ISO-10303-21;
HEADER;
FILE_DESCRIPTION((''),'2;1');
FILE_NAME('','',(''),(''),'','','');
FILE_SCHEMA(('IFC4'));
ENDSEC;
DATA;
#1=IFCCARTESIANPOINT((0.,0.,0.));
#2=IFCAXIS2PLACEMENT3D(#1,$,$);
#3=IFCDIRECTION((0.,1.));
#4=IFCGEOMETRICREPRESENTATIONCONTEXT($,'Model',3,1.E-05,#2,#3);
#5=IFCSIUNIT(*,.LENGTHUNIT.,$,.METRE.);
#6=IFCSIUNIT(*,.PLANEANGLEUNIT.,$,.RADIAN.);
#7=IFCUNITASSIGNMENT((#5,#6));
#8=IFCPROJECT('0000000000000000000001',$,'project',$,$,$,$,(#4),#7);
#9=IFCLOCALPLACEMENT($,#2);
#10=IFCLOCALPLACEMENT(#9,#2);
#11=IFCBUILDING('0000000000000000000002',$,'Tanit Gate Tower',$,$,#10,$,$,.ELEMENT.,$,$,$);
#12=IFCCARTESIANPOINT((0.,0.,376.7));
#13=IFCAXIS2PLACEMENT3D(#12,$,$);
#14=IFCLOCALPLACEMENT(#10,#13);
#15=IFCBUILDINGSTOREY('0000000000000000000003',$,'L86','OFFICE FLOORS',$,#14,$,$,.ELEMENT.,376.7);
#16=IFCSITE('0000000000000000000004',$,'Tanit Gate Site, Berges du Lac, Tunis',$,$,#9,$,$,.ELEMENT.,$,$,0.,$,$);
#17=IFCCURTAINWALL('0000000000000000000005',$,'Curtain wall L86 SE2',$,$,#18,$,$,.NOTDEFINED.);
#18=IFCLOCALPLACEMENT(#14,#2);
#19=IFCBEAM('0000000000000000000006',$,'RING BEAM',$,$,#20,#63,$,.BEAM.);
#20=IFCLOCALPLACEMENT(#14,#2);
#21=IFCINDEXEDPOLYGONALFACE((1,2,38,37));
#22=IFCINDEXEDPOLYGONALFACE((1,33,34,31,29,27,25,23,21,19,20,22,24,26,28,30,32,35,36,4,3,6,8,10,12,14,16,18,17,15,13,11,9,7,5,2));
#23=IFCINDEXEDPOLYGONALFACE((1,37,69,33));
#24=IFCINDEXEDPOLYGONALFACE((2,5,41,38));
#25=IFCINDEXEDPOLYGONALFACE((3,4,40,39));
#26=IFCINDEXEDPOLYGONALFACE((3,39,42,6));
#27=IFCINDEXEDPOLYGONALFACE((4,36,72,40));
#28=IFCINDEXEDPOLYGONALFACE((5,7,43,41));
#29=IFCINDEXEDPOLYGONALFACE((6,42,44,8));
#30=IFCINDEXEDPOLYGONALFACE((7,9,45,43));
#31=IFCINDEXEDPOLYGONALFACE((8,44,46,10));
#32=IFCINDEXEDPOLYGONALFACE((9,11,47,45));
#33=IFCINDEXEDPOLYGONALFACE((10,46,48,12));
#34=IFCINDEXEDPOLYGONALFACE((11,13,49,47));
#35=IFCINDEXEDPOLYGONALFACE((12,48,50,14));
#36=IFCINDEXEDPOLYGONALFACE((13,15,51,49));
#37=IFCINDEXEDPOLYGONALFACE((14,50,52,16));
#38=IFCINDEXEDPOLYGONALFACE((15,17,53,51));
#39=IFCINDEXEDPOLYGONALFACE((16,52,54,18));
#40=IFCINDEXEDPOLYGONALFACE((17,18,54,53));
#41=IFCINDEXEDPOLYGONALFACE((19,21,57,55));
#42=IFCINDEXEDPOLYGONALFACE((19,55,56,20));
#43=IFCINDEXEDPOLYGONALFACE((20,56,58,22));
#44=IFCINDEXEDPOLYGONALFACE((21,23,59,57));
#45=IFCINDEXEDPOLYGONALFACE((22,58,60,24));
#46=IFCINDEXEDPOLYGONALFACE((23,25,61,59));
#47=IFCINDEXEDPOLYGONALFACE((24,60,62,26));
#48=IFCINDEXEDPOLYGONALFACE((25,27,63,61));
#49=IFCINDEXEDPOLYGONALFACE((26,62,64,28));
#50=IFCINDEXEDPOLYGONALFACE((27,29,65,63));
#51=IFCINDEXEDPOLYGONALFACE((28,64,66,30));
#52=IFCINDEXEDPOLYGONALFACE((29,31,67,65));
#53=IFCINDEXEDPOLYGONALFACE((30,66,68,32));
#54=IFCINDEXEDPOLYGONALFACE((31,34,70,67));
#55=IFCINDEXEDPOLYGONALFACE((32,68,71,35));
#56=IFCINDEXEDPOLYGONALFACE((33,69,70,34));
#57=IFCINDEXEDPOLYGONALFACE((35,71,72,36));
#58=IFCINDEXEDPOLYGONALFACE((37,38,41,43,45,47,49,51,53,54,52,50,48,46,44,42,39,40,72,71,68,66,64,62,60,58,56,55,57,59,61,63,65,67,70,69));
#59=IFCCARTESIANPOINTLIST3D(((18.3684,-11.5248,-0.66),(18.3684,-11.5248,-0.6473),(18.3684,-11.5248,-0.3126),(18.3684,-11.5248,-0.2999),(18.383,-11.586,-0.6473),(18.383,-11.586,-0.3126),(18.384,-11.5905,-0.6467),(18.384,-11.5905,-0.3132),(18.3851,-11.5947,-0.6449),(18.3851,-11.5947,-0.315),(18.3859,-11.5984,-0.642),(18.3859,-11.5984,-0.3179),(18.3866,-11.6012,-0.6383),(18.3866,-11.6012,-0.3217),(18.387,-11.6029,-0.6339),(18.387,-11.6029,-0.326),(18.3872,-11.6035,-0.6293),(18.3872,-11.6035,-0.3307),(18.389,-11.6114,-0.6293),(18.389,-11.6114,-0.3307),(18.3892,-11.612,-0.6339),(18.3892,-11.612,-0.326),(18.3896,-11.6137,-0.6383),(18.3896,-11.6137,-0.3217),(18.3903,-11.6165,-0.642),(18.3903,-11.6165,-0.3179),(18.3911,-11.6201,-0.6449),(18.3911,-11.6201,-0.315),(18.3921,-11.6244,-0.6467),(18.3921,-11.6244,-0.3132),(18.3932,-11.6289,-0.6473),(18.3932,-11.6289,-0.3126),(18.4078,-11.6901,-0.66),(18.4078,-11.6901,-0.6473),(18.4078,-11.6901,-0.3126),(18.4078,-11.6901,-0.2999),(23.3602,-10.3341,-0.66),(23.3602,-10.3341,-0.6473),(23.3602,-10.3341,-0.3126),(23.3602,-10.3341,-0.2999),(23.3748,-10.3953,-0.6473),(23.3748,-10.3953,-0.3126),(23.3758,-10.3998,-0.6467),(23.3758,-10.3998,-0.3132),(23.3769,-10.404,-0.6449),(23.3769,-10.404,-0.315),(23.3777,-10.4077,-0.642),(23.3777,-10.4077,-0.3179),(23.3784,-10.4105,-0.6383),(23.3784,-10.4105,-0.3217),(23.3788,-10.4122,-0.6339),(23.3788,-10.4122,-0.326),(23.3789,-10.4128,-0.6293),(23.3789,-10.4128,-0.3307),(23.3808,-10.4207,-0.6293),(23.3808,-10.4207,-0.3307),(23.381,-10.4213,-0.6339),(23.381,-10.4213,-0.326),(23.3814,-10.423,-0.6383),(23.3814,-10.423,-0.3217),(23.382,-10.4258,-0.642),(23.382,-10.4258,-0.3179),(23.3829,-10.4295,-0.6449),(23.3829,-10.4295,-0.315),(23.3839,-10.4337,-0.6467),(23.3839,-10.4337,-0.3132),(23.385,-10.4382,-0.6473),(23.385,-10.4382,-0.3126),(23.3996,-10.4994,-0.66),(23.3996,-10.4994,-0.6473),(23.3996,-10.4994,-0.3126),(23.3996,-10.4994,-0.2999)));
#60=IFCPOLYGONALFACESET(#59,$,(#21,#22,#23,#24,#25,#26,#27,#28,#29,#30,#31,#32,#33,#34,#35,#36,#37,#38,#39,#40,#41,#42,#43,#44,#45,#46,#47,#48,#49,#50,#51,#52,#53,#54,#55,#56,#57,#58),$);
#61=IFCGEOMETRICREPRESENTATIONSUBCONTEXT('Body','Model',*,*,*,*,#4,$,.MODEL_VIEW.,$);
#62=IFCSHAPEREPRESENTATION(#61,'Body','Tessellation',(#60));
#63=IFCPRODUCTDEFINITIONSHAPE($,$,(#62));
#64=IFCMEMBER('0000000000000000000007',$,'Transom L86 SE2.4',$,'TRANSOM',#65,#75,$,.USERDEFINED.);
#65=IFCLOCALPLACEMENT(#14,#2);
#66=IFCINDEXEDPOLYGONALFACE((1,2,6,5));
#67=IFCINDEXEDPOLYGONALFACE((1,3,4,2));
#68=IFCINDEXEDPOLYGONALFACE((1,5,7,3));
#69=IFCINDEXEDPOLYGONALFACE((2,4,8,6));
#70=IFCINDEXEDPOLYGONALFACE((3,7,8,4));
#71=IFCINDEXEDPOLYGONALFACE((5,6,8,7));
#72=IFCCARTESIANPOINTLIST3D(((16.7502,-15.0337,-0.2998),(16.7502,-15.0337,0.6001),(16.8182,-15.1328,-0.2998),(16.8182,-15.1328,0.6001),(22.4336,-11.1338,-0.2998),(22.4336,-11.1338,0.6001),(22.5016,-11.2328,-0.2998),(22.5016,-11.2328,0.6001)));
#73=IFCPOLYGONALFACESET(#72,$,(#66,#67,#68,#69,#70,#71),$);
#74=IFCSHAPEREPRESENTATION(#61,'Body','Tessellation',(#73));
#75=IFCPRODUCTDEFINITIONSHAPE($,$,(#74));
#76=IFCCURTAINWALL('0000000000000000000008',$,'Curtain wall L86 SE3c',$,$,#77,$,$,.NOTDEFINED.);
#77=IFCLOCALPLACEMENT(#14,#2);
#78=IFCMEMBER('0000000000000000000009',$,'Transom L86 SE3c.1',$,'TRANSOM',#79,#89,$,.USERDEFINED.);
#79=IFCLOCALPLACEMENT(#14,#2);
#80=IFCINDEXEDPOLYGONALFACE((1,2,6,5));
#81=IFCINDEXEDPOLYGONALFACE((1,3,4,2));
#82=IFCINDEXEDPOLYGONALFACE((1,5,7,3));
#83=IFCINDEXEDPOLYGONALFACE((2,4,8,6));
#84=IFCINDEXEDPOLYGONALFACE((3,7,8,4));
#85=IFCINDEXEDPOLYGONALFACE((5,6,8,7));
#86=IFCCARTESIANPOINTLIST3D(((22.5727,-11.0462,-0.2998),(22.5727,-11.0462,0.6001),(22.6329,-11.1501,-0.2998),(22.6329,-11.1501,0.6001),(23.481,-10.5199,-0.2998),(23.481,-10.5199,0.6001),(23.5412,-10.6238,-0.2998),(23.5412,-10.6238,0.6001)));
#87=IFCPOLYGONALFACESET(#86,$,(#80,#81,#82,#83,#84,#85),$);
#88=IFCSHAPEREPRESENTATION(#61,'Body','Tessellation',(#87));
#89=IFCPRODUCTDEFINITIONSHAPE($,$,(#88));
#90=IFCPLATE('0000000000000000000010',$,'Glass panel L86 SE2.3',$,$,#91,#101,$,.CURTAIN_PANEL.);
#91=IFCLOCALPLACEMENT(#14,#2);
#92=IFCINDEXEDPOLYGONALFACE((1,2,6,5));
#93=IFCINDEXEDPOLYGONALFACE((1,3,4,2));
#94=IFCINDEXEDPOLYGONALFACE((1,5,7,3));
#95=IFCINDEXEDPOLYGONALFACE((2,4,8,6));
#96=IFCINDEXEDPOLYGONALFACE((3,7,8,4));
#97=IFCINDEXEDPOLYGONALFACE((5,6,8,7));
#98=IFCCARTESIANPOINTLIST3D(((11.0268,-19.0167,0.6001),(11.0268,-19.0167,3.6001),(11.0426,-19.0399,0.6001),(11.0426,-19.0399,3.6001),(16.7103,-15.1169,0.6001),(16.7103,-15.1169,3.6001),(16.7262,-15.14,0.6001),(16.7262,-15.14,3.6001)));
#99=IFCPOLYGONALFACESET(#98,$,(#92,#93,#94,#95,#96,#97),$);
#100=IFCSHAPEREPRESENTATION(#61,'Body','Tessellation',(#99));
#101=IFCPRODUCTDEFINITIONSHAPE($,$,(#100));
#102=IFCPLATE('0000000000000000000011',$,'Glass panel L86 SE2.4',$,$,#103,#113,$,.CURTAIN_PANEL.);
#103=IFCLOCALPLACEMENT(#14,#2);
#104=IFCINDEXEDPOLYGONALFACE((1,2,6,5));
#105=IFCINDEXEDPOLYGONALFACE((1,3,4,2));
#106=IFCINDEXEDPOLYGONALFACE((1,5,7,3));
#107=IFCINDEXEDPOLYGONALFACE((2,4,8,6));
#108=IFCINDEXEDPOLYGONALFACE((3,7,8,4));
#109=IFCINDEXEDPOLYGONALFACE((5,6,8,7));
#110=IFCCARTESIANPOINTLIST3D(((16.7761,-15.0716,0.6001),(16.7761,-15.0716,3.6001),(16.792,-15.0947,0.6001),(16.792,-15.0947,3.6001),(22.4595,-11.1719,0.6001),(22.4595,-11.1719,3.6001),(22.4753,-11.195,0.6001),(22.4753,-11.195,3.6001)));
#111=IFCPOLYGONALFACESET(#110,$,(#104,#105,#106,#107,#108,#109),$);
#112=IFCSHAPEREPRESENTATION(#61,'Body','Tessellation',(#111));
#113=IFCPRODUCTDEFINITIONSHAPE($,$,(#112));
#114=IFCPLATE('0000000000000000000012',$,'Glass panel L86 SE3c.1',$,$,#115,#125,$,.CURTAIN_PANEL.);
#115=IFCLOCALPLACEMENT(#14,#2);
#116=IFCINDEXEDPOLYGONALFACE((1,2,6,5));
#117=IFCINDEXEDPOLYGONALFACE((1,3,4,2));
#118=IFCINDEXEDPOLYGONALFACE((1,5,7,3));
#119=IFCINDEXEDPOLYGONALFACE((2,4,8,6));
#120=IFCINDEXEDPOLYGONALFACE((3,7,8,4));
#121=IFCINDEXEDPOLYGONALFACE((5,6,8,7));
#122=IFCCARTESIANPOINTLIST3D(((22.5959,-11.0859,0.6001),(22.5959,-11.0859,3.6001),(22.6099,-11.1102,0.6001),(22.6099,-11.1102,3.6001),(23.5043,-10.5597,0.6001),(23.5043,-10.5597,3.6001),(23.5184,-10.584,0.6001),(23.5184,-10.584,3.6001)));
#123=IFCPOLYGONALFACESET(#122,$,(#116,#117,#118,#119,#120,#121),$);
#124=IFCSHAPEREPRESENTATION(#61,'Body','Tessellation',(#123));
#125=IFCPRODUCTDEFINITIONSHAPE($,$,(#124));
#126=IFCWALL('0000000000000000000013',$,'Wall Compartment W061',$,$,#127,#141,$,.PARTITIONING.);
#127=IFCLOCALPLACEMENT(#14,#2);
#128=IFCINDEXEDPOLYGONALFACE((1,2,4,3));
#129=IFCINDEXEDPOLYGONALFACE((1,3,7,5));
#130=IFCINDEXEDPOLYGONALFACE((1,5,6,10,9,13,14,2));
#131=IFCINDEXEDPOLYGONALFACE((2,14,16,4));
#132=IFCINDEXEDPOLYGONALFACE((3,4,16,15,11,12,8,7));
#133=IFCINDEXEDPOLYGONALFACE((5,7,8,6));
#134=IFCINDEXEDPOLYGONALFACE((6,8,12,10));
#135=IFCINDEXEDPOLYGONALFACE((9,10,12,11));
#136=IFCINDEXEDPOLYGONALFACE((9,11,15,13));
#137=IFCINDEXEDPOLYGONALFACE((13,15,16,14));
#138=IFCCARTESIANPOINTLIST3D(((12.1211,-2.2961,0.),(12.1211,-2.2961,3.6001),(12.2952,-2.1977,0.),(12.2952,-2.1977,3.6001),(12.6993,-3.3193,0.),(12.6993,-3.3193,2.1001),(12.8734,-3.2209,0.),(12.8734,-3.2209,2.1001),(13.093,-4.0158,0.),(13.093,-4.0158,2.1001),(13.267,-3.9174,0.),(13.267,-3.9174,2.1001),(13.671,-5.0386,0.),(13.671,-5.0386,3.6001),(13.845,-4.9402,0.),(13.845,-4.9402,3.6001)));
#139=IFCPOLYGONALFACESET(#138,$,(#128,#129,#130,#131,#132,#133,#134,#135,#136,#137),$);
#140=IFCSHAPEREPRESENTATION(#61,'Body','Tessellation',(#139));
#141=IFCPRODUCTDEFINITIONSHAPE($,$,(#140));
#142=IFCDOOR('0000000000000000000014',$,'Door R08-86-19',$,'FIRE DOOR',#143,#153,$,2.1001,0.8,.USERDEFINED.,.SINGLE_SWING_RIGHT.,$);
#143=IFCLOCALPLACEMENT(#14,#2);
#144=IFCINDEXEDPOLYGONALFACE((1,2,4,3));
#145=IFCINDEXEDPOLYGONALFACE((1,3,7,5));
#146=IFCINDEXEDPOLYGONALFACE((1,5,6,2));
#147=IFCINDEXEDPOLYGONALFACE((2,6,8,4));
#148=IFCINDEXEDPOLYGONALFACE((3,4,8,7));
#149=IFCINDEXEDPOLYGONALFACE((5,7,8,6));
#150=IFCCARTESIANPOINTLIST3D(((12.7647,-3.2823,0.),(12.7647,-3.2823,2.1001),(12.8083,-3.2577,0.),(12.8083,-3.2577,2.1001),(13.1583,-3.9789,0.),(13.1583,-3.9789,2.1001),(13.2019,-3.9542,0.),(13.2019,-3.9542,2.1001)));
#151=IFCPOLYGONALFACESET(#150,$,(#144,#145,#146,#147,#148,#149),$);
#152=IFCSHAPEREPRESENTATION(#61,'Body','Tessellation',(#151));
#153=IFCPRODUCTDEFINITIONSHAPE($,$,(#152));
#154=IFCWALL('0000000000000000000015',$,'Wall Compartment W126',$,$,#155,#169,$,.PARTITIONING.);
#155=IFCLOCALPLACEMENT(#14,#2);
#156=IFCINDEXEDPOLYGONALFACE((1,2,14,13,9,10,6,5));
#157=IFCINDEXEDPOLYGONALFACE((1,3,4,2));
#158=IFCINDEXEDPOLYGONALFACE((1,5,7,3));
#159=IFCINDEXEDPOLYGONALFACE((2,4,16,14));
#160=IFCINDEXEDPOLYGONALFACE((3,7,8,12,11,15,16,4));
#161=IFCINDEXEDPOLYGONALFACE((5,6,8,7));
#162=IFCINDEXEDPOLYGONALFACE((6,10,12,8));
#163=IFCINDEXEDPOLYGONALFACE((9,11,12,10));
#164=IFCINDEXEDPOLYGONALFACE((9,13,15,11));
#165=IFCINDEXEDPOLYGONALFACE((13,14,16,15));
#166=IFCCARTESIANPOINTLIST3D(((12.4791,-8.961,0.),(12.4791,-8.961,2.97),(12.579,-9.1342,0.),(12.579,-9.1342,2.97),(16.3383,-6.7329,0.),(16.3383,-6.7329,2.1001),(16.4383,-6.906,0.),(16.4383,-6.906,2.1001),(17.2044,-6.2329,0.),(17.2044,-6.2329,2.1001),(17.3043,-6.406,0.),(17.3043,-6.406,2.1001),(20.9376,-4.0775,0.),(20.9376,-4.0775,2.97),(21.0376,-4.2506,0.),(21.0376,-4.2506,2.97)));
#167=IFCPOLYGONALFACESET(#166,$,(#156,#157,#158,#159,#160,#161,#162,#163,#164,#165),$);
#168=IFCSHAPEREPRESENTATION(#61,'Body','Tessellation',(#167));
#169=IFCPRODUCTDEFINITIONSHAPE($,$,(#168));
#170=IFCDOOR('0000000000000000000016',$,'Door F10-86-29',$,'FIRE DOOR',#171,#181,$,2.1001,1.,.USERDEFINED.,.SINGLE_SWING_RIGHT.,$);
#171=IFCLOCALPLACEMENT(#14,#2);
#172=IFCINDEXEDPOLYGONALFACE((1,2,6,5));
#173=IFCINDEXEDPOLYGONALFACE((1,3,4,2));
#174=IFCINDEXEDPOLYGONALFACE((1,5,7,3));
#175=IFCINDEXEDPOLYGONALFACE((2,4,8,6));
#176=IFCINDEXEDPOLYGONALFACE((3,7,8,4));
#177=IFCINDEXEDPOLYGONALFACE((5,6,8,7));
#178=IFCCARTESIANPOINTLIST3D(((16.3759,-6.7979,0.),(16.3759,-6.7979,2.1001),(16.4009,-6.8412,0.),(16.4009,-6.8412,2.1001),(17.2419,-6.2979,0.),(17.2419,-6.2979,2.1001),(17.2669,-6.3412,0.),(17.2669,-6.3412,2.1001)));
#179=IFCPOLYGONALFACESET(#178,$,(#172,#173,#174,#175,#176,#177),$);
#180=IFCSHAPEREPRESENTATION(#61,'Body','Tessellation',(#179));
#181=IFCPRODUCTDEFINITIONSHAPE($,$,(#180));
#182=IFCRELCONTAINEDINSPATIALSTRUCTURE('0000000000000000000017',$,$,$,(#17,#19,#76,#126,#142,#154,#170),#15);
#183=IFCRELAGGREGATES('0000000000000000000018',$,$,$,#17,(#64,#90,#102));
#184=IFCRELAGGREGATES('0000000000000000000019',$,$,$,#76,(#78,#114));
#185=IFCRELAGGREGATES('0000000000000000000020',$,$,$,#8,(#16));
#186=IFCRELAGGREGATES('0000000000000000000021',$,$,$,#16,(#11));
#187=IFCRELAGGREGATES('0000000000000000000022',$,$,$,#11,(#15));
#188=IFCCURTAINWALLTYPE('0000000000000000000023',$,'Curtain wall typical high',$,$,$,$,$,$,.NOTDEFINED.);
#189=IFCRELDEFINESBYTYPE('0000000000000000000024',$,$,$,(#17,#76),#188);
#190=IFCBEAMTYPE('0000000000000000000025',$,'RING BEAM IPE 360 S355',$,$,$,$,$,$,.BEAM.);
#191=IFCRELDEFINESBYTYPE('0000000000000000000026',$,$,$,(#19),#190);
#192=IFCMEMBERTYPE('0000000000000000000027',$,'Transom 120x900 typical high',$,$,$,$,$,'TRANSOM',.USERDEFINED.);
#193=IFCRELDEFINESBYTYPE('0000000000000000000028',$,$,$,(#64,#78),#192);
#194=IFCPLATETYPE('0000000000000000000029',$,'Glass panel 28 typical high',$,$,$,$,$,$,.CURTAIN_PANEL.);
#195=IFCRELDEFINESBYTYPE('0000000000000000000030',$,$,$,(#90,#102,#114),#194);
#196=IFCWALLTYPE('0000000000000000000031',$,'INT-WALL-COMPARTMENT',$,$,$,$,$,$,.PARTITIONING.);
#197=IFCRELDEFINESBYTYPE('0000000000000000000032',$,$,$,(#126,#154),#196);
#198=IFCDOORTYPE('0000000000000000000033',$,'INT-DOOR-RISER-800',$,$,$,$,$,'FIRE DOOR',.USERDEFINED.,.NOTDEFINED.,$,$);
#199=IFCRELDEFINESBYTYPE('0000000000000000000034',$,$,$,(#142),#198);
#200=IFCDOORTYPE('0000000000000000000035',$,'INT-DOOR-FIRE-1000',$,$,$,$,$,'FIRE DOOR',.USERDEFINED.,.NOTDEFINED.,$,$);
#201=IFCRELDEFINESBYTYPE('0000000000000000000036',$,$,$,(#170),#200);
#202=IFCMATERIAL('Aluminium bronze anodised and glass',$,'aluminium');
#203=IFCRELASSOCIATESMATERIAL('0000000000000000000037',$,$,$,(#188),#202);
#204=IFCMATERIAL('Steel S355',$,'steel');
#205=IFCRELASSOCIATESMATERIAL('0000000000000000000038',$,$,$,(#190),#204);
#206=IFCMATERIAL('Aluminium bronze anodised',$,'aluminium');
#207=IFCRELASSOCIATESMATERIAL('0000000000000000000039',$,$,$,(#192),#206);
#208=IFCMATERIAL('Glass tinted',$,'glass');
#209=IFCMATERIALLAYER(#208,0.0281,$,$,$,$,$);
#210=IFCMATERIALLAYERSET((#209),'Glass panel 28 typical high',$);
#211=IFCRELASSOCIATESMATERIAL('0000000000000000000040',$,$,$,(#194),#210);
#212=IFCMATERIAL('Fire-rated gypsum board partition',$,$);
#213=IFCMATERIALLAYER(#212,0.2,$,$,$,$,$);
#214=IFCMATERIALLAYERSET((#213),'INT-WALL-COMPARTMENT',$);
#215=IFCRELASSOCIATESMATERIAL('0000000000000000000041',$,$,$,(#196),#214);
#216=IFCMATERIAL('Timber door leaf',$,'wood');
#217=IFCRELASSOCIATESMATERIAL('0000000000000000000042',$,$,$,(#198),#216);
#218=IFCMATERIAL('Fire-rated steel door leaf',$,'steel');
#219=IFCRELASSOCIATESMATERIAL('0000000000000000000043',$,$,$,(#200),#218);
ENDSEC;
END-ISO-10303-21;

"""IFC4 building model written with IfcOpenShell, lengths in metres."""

from ifc_helpers import new_model, si_unit, direction, frame, frame_2d, origin, origin_2d, place, context, subcontext, project, spatial, rectangle, i_section, extrude, material, layer, layer_set, material_profile, profile_set, type_object, element, fill, aggregate, save


model = new_model("IFC4")

# Units and contexts
model_context = context("Model", 3, precision=1e-05, world=origin(), true_north=direction((0.0, 1.0)))
body_context = subcontext(model_context, "Body", "Model", "MODEL_VIEW")
ifc_project = project(units=[si_unit("LENGTHUNIT", "METRE"), si_unit("PLANEANGLEUNIT", "RADIAN")], contexts=[model_context])

# Site, building, storey
site_placement = place(None, origin())
site = spatial("IfcSite", under=ifc_project, at=site_placement, Name="Tanit Gate Site, Berges du Lac, Tunis", CompositionType="ELEMENT", RefElevation=0.0)
building_placement = place(site_placement, origin())
building = spatial("IfcBuilding", under=site, at=building_placement, Name="Tanit Gate Tower", CompositionType="ELEMENT")
storey_placement = place(building_placement, frame((0.0, 0.0, 376.7)))
storey = spatial("IfcBuildingStorey", under=building, at=storey_placement, Name="L86", Description="OFFICE FLOORS", CompositionType="ELEMENT", Elevation=376.7)

# Curtain wall
ifc_material_1 = material(Name="Aluminium bronze anodised and glass", Category="aluminium")
curtain_wall_type = type_object("IfcCurtainWallType", Name="Curtain wall typical high", PredefinedType="NOTDEFINED", material=ifc_material_1)
curtain_wall_1_placement = place(storey_placement, origin())
curtain_wall_1 = element("IfcCurtainWall", 1, at=curtain_wall_1_placement, inside=storey, type_object=curtain_wall_type, Name="Curtain wall L86 SE2", PredefinedType="NOTDEFINED")

# Beam
ifc_material_2 = material(Name="Steel S355", Category="steel")
ifc_material_profile_1 = material_profile(ifc_material_2, i_section(OverallWidth=0.1699, OverallDepth=0.3601, WebThickness=0.0081, FlangeThickness=0.0127, FilletRadius=0.0181, at=origin_2d()), Name="IPE 360")
ifc_profile_set_1 = profile_set([ifc_material_profile_1], Name="Steel S355")
beam_type_1 = type_object("IfcBeamType", Name="RING BEAM IPE 360 S355", PredefinedType="BEAM", material=ifc_profile_set_1)
beam_1_placement = place(storey_placement, frame((23.3799, -10.4167, -0.48), z_axis=(-0.972711, -0.232021, 0.0), x_axis=(0.232021, -0.972711, 0.0)))
element("IfcBeam", 2, at=beam_1_placement, inside=storey, type_object=beam_type_1, Name="RING BEAM", PredefinedType="BEAM", context=body_context, shape_type="SweptSolid", body=[
    extrude(i_section(OverallWidth=0.1699, OverallDepth=0.3601, WebThickness=0.0081, FlangeThickness=0.0127, FilletRadius=0.0181, at=origin_2d()), origin(), (0.0, 0.0, 1.0), 5.1318),
])

# Member
ifc_material_3 = material(Name="Aluminium bronze anodised", Category="aluminium")
ifc_material_profile_2 = material_profile(ifc_material_3, rectangle(XDim=0.1201, YDim=0.8999, at=origin_2d()), Name="120x900 bronze transom")
ifc_profile_set_2 = profile_set([ifc_material_profile_2], Name="Aluminium bronze anodised")
member_type_1 = type_object("IfcMemberType", Name="Transom 120x900 typical high", ElementType="TRANSOM", PredefinedType="USERDEFINED", material=ifc_profile_set_2)
member_1_placement = place(storey_placement, frame((16.7842, -15.0833, 0.1501), z_axis=(0.824543, 0.5658, 0.0), x_axis=(-0.5658, 0.824543, 0.0)))
member_1 = element("IfcMember", 3, at=member_1_placement, type_object=member_type_1, Name="Transom L86 SE2.4", ObjectType="TRANSOM", PredefinedType="USERDEFINED", context=body_context, shape_type="SweptSolid", body=[
    extrude(rectangle(XDim=0.1201, YDim=0.8999, at=origin_2d()), origin(), (0.0, 0.0, 1.0), 6.8928),
])

# Curtain wall, member
curtain_wall_2_placement = place(storey_placement, origin())
curtain_wall_2 = element("IfcCurtainWall", 4, at=curtain_wall_2_placement, inside=storey, type_object=curtain_wall_type, Name="Curtain wall L86 SE3c", PredefinedType="NOTDEFINED")
member_2_placement = place(storey_placement, frame((22.6028, -11.0981, 0.1501), z_axis=(0.865251, 0.501339, 0.0), x_axis=(-0.501339, 0.865251, 0.0)))
member_2 = element("IfcMember", 5, at=member_2_placement, type_object=member_type_1, Name="Transom L86 SE3c.1", ObjectType="TRANSOM", PredefinedType="USERDEFINED", context=body_context, shape_type="SweptSolid", body=[
    extrude(rectangle(XDim=0.1201, YDim=0.8999, at=origin_2d()), origin(), (0.0, 0.0, 1.0), 1.0498),
])

# Plates
ifc_material_4 = material(Name="Glass tinted", Category="glass")
ifc_layer_1 = layer(ifc_material_4, 0.0281)
ifc_layer_set_1 = layer_set([ifc_layer_1], Name="Glass panel 28 typical high")
plate_type = type_object("IfcPlateType", Name="Glass panel 28 typical high", PredefinedType="CURTAIN_PANEL", material=ifc_layer_set_1)
plate_1_placement = place(storey_placement, frame((13.8765, -17.0784, 0.6001), z_axis=(0.0, 0.0, 1.0), x_axis=(0.824557, 0.56578, 0.0)))
plate_1 = element("IfcPlate", 6, at=plate_1_placement, type_object=plate_type, Name="Glass panel L86 SE2.3", PredefinedType="CURTAIN_PANEL", context=body_context, shape_type="SweptSolid", body=[
    extrude(rectangle(XDim=6.8928, YDim=0.0281, at=origin_2d()), origin(), (0.0, 0.0, 1.0), 3.0),
])
plate_2_placement = place(storey_placement, frame((19.6257, -13.1333, 0.6001), z_axis=(0.0, 0.0, 1.0), x_axis=(0.824557, 0.56578, 0.0)))
plate_2 = element("IfcPlate", 7, at=plate_2_placement, type_object=plate_type, Name="Glass panel L86 SE2.4", PredefinedType="CURTAIN_PANEL", context=body_context, shape_type="SweptSolid", body=[
    extrude(rectangle(XDim=6.8926, YDim=0.0281, at=origin_2d()), origin(), (0.0, 0.0, 1.0), 3.0),
])
aggregate(curtain_wall_1, [member_1, plate_1, plate_2])
plate_3_placement = place(storey_placement, frame((23.0571, -10.835, 0.6001), z_axis=(0.0, 0.0, 1.0), x_axis=(0.865339, 0.501188, 0.0)))
plate_3 = element("IfcPlate", 8, at=plate_3_placement, type_object=plate_type, Name="Glass panel L86 SE3c.1", PredefinedType="CURTAIN_PANEL", context=body_context, shape_type="SweptSolid", body=[
    extrude(rectangle(XDim=1.0498, YDim=0.0281, at=origin_2d()), origin(), (0.0, 0.0, 1.0), 3.0),
])
aggregate(curtain_wall_2, [member_2, plate_3])

# Walls, openings, doors
ifc_material_5 = material(Name="Fire-rated gypsum board partition")
ifc_layer_2 = layer(ifc_material_5, 0.2)
ifc_layer_set_2 = layer_set([ifc_layer_2], Name="INT-WALL-COMPARTMENT")
wall_type_1 = type_object("IfcWallType", Name="INT-WALL-COMPARTMENT", PredefinedType="PARTITIONING", material=ifc_layer_set_2)
wall_1_placement = place(storey_placement, frame((13.7581, -4.9895, 0.0), z_axis=(0.0, 0.0, 1.0), x_axis=(-0.491993, 0.870599, 0.0)))
wall_1 = element("IfcWall", 9, at=wall_1_placement, inside=storey, type_object=wall_type_1, Name="Wall Compartment W061", PredefinedType="PARTITIONING", context=body_context, shape_type="SweptSolid", body=[
    extrude(rectangle(XDim=3.1501, YDim=0.2, at=frame_2d((1.5752, 0.0))), origin(), (0.0, 0.0, 1.0), 3.6001),
])
opening_1_placement = place(wall_1_placement, frame((1.175, 0.0, 0.0)))
opening_1 = element("IfcOpeningElement", 10, at=opening_1_placement, cuts=wall_1, PredefinedType="OPENING", context=body_context, shape_type="SweptSolid", body=[
    extrude(rectangle(XDim=0.8, YDim=2.1001, at=frame_2d((0.3999, 1.05))), frame((0.0, 0.1099, 0.0), z_axis=(0.0, -1.0, 0.0), x_axis=(1.0, 0.0, 0.0)), (0.0, 0.0, 1.0), 0.22),
])
ifc_material_6 = material(Name="Timber door leaf", Category="wood")
door_type_1 = type_object("IfcDoorType", Name="INT-DOOR-RISER-800", ElementType="FIRE DOOR", OperationType="NOTDEFINED", PredefinedType="USERDEFINED", material=ifc_material_6)
door_1_placement = place(opening_1_placement, origin())
door_1 = element("IfcDoor", 11, at=door_1_placement, inside=storey, type_object=door_type_1, Name="Door R08-86-19", ObjectType="FIRE DOOR", OperationType="SINGLE_SWING_RIGHT", OverallHeight=2.1001, OverallWidth=0.8, PredefinedType="USERDEFINED", context=body_context, shape_type="SweptSolid", body=[
    extrude(rectangle(XDim=0.8, YDim=2.1001, at=frame_2d((0.3999, 1.05))), frame((0.0, 0.0249, 0.0), z_axis=(0.0, -1.0, 0.0), x_axis=(1.0, 0.0, 0.0)), (0.0, 0.0, 1.0), 0.05),
])
fill(opening_1, door_1)
wall_2_placement = place(storey_placement, frame((12.5291, -9.0476, 0.0), z_axis=(0.0, 0.0, 1.0), x_axis=(0.866024, 0.500002, 0.0)))
wall_2 = element("IfcWall", 12, at=wall_2_placement, inside=storey, type_object=wall_type_1, Name="Wall Compartment W126", PredefinedType="PARTITIONING", context=body_context, shape_type="SweptSolid", body=[
    extrude(rectangle(XDim=9.7671, YDim=0.2, at=frame_2d((4.8835, 0.0))), origin(), (0.0, 0.0, 1.0), 2.97),
])
opening_2_placement = place(wall_2_placement, frame((4.4563, 0.0, 0.0)))
opening_2 = element("IfcOpeningElement", 13, at=opening_2_placement, cuts=wall_2, PredefinedType="OPENING", context=body_context, shape_type="SweptSolid", body=[
    extrude(rectangle(XDim=1.0, YDim=2.1001, at=frame_2d((0.5, 1.05))), frame((0.0, 0.1099, 0.0), z_axis=(0.0, -1.0, 0.0), x_axis=(1.0, 0.0, 0.0)), (0.0, 0.0, 1.0), 0.22),
])
ifc_material_7 = material(Name="Fire-rated steel door leaf", Category="steel")
door_type_2 = type_object("IfcDoorType", Name="INT-DOOR-FIRE-1000", ElementType="FIRE DOOR", OperationType="NOTDEFINED", PredefinedType="USERDEFINED", material=ifc_material_7)
door_2_placement = place(opening_2_placement, origin())
door_2 = element("IfcDoor", 14, at=door_2_placement, inside=storey, type_object=door_type_2, Name="Door F10-86-29", ObjectType="FIRE DOOR", OperationType="SINGLE_SWING_RIGHT", OverallHeight=2.1001, OverallWidth=1.0, PredefinedType="USERDEFINED", context=body_context, shape_type="SweptSolid", body=[
    extrude(rectangle(XDim=1.0, YDim=2.1001, at=frame_2d((0.5, 1.05))), frame((0.0, 0.0249, 0.0), z_axis=(0.0, -1.0, 0.0), x_axis=(1.0, 0.0, 0.0)), (0.0, 0.0, 1.0), 0.05),
])
fill(opening_2, door_2)

save(model, "model.ifc")
